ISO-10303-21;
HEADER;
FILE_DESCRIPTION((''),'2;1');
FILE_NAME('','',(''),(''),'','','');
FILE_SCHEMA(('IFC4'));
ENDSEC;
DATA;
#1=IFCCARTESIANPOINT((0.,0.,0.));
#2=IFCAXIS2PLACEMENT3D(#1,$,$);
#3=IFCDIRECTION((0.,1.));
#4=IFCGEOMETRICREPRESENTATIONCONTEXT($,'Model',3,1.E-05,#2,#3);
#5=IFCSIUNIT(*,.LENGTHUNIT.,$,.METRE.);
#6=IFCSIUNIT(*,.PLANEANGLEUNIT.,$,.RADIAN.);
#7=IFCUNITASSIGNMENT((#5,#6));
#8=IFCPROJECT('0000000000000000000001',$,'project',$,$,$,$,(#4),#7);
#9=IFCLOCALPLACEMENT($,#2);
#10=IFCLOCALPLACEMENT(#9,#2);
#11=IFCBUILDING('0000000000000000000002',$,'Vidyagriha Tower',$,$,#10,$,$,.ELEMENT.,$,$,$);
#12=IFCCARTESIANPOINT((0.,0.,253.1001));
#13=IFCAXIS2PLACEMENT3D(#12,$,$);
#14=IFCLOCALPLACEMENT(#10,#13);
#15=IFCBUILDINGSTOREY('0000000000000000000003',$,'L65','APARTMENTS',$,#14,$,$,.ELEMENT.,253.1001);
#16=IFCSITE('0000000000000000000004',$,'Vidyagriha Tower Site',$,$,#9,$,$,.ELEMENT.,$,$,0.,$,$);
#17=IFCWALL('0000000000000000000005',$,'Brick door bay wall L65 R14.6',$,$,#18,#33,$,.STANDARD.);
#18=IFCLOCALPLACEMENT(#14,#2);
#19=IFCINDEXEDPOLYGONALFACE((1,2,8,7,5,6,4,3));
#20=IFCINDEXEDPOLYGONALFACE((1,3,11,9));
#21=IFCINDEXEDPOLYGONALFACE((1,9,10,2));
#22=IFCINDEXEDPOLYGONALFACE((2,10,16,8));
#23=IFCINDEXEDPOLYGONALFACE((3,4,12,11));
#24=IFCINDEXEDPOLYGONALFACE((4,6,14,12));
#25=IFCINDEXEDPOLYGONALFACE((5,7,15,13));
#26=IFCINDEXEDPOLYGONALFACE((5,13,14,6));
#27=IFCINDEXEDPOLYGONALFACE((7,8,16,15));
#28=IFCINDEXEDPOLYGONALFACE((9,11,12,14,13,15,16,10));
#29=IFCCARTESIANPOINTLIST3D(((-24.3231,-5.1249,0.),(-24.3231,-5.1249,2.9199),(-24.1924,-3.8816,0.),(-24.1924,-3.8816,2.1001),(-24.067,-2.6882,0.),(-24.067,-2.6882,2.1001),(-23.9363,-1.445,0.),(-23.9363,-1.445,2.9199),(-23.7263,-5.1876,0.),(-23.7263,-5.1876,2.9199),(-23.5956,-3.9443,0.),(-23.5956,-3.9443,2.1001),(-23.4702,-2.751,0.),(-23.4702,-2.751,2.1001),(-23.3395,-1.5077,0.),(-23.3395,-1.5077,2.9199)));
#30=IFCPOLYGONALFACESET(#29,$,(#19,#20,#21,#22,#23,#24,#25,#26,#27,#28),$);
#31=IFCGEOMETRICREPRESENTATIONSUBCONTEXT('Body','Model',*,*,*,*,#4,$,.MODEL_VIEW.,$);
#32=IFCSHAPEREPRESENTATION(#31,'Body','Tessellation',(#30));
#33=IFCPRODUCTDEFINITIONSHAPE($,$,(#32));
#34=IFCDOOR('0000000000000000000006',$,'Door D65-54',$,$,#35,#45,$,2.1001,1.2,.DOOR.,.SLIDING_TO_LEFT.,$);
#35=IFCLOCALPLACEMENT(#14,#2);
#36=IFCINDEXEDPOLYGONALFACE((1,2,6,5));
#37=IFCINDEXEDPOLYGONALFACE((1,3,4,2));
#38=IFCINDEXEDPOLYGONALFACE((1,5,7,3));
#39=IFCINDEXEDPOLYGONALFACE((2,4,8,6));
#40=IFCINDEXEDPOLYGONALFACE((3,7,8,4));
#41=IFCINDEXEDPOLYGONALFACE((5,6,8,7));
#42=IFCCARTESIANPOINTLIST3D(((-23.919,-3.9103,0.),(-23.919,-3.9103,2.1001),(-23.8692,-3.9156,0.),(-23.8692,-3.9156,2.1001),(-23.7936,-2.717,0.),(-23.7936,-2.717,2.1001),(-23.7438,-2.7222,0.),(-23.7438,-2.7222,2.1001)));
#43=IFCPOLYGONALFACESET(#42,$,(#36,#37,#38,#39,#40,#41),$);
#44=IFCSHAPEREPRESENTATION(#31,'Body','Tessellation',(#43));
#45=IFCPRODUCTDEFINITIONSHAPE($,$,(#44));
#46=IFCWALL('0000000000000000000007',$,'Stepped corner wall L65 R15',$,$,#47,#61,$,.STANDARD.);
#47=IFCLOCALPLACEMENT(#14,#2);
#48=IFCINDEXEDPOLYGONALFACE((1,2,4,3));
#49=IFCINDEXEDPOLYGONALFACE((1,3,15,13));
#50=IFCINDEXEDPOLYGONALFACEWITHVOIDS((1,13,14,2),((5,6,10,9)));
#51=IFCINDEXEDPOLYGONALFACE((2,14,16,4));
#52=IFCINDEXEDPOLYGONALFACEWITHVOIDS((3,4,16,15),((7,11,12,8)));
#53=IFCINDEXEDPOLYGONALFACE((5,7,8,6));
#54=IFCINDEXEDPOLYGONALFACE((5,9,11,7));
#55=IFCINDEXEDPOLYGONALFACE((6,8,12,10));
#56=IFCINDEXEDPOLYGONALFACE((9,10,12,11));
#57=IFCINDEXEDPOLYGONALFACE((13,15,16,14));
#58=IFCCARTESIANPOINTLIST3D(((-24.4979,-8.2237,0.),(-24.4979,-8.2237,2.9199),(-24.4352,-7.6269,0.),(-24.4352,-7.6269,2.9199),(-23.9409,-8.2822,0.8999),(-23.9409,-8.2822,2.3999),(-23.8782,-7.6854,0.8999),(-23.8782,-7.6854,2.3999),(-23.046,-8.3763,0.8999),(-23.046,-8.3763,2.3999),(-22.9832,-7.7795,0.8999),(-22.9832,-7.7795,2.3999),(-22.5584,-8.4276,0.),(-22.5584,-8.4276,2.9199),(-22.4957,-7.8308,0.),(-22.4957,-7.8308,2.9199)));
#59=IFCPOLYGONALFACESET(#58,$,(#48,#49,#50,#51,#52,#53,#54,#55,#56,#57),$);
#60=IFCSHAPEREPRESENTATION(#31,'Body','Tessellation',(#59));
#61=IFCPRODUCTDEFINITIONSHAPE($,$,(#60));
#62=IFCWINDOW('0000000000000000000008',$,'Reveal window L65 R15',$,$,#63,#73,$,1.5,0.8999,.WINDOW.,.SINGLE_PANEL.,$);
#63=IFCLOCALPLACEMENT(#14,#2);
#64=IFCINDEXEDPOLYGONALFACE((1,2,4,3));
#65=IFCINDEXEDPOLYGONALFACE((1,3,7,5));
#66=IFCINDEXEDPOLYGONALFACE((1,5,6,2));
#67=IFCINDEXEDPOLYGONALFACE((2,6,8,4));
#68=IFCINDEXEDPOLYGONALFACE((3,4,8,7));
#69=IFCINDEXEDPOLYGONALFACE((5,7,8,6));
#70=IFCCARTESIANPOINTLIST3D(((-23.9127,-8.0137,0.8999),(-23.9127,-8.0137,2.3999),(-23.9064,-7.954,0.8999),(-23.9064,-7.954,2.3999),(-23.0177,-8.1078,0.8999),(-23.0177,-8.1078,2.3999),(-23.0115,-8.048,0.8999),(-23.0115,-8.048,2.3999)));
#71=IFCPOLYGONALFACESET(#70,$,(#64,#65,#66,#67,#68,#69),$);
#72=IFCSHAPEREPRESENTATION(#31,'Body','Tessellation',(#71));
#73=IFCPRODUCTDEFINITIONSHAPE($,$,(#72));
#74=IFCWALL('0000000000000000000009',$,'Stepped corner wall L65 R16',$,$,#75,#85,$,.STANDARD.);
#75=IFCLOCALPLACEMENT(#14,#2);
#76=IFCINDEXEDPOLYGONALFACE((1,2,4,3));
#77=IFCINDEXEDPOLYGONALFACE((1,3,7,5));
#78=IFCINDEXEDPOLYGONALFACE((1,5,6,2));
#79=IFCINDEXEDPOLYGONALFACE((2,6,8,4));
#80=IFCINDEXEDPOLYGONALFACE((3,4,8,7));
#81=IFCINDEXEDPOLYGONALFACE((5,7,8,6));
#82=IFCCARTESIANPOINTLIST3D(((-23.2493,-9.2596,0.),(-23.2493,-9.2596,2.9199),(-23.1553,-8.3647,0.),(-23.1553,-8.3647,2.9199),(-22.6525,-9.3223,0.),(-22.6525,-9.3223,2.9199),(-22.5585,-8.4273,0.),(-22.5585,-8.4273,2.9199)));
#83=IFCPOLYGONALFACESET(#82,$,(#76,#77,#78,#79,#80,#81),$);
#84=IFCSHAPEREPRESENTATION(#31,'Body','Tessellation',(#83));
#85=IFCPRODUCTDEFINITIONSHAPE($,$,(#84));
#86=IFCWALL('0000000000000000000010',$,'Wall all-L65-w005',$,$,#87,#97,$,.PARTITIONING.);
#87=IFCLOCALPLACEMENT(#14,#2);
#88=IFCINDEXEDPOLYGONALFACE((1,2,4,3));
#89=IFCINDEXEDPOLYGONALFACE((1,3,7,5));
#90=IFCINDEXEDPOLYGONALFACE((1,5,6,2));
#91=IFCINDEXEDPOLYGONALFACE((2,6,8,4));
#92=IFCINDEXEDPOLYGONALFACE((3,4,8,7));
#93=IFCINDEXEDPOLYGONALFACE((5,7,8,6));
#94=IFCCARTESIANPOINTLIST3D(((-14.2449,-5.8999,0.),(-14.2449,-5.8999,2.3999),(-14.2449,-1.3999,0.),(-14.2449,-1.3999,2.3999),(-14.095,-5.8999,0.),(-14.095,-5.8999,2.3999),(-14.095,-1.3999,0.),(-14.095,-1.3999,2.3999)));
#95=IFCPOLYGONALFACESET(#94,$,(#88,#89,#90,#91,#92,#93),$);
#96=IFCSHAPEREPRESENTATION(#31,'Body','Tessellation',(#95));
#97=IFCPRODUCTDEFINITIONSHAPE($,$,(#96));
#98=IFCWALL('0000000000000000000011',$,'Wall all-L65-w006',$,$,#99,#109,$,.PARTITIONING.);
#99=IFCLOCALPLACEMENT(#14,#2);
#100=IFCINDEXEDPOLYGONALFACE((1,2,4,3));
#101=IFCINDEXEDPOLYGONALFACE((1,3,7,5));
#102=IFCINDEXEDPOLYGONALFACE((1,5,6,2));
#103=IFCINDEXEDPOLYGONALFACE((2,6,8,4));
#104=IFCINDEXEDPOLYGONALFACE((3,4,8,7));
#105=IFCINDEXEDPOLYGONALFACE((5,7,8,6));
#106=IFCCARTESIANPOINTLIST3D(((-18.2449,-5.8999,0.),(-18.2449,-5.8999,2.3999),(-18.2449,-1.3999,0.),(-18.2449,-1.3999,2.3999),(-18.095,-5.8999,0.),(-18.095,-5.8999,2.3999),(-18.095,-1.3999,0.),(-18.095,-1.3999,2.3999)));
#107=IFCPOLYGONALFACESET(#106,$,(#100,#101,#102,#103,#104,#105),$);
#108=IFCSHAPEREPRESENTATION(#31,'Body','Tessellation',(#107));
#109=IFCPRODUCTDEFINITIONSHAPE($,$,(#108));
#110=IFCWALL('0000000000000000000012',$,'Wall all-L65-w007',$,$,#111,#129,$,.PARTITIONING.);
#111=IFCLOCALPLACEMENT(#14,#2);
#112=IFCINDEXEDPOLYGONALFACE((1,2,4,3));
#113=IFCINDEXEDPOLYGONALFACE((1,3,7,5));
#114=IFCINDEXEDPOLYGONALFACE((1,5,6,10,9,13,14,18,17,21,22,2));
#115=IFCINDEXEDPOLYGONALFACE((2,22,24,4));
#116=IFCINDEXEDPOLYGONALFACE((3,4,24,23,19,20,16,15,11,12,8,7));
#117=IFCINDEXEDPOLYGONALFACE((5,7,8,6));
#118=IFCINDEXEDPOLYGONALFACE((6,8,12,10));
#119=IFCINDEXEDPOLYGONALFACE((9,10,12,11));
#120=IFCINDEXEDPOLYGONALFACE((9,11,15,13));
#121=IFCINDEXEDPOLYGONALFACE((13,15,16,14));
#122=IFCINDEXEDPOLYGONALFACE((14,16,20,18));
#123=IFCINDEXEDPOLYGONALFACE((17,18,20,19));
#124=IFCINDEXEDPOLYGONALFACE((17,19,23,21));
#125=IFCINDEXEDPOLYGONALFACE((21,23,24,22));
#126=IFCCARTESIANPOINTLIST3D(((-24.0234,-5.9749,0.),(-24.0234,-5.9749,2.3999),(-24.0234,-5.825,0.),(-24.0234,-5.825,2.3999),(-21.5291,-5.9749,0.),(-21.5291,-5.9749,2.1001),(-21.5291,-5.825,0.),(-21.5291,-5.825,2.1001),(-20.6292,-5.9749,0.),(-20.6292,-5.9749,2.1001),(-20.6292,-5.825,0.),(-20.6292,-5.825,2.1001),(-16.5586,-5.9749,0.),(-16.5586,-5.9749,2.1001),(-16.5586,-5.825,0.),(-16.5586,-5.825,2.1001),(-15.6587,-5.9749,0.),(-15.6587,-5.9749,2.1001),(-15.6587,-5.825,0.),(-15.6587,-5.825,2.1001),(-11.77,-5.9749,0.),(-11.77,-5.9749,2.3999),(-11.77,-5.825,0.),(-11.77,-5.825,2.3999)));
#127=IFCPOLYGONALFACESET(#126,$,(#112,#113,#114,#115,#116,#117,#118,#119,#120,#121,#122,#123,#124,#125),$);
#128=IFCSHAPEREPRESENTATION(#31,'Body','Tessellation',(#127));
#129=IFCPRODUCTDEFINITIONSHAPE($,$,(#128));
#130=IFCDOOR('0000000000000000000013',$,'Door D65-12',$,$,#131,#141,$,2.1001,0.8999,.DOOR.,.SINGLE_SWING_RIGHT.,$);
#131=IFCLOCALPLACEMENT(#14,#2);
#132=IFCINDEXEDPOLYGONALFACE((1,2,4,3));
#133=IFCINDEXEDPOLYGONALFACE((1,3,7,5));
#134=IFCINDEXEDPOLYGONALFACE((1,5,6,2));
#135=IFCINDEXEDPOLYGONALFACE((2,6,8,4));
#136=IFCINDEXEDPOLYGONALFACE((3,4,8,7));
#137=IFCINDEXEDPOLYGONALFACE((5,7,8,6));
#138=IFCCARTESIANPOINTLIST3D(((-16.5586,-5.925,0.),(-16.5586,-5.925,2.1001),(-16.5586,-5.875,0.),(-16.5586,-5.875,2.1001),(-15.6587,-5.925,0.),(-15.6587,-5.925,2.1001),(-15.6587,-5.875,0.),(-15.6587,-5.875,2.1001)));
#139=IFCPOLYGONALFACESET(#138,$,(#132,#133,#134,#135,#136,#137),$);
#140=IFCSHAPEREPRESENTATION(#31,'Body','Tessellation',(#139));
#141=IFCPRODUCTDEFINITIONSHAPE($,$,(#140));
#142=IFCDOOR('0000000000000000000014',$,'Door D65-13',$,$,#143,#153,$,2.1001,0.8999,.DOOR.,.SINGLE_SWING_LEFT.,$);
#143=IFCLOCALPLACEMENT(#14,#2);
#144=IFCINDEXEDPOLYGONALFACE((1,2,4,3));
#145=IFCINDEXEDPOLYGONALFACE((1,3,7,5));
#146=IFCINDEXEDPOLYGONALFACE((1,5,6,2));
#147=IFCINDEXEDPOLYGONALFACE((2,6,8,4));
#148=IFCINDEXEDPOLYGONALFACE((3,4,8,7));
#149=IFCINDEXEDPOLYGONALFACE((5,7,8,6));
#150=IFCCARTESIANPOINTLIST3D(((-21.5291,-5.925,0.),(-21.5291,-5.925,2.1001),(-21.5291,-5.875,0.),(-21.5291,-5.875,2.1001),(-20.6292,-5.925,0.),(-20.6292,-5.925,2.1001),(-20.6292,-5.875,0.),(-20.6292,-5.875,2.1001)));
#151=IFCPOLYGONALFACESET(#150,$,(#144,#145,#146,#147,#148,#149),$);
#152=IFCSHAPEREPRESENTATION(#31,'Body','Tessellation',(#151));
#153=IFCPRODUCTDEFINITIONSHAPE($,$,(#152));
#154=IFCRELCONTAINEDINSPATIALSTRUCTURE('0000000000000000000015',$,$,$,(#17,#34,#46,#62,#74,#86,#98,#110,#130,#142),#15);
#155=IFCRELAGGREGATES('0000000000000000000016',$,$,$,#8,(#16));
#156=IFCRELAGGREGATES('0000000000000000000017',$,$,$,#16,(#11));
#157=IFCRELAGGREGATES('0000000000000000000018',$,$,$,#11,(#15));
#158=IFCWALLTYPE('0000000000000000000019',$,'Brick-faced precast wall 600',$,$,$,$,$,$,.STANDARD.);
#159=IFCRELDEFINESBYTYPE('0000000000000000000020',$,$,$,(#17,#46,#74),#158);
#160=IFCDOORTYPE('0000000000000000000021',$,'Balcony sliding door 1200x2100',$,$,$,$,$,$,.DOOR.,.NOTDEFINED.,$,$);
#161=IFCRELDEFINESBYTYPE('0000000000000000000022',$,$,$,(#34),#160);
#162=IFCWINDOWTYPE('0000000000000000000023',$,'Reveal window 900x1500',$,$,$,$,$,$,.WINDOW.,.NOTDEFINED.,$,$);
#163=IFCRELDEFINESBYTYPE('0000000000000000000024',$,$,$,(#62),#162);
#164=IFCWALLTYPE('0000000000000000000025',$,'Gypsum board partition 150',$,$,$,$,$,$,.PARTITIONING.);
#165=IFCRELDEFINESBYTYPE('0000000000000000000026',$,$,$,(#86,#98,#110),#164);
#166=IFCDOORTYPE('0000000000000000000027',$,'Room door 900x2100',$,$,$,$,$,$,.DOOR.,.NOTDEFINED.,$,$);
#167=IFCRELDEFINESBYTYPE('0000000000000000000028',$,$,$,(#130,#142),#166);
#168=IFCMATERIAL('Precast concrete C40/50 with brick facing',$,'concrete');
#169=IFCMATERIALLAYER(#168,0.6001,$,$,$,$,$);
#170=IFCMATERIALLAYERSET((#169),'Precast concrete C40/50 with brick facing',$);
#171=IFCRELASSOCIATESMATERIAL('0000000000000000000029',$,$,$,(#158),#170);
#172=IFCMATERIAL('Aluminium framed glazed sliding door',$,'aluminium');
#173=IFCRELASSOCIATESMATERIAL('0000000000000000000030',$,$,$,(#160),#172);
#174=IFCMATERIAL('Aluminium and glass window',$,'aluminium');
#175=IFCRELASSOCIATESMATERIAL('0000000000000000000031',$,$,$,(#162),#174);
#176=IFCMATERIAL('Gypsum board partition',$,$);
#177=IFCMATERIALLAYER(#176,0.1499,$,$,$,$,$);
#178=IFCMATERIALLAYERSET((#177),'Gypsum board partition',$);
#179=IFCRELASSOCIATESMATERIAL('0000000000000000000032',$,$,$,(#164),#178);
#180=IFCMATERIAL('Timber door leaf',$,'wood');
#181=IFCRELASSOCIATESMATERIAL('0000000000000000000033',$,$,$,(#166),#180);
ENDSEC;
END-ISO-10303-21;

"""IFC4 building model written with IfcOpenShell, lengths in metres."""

from ifc_helpers import new_model, si_unit, direction, frame, frame_2d, origin, place, context, subcontext, project, spatial, rectangle, extrude, material, layer, layer_set, type_object, element, fill, save


model = new_model("IFC4")

# Units and contexts
model_context = context("Model", 3, precision=1e-05, world=origin(), true_north=direction((0.0, 1.0)))
body_context = subcontext(model_context, "Body", "Model", "MODEL_VIEW")
ifc_project = project(units=[si_unit("LENGTHUNIT", "METRE"), si_unit("PLANEANGLEUNIT", "RADIAN")], contexts=[model_context])

# Site, building, storey
site_placement = place(None, origin())
site = spatial("IfcSite", under=ifc_project, at=site_placement, Name="Vidyagriha Tower Site", CompositionType="ELEMENT", RefElevation=0.0)
building_placement = place(site_placement, origin())
building = spatial("IfcBuilding", under=site, at=building_placement, Name="Vidyagriha Tower", CompositionType="ELEMENT")
storey_placement = place(building_placement, frame((0.0, 0.0, 253.1001)))
storey = spatial("IfcBuildingStorey", under=building, at=storey_placement, Name="L65", Description="APARTMENTS", CompositionType="ELEMENT", Elevation=253.1001)

# Wall, opening, door
ifc_material_1 = material(Name="Precast concrete C40/50 with brick facing", Category="concrete")
ifc_layer_1 = layer(ifc_material_1, 0.6001)
ifc_layer_set_1 = layer_set([ifc_layer_1], Name="Precast concrete C40/50 with brick facing")
wall_type_1 = type_object("IfcWallType", Name="Brick-faced precast wall 600", PredefinedType="STANDARD", material=ifc_layer_set_1)
wall_1_placement = place(storey_placement, frame((-23.6379, -1.4763, 0.0), z_axis=(0.0, 0.0, 1.0), x_axis=(-0.104513, -0.994524, 0.0)))
wall_1 = element("IfcWall", 1, at=wall_1_placement, inside=storey, type_object=wall_type_1, Name="Brick door bay wall L65 R14.6", PredefinedType="STANDARD", context=body_context, shape_type="SweptSolid", body=[
    extrude(rectangle(XDim=3.7002, YDim=0.6001, at=frame_2d((1.8501, 0.0))), origin(), (0.0, 0.0, 1.0), 2.9199),
])
opening_1_placement = place(wall_1_placement, frame((1.25, 0.0, 0.0)))
opening_1 = element("IfcOpeningElement", 2, at=opening_1_placement, cuts=wall_1, PredefinedType="OPENING", context=body_context, shape_type="SweptSolid", body=[
    extrude(rectangle(XDim=1.2, YDim=2.1001, at=frame_2d((0.6001, 1.05))), frame((0.0, 0.3101, 0.0), z_axis=(0.0, -1.0, 0.0), x_axis=(1.0, 0.0, 0.0)), (0.0, 0.0, 1.0), 0.6201),
])
ifc_material_2 = material(Name="Aluminium framed glazed sliding door", Category="aluminium")
door_type_1 = type_object("IfcDoorType", Name="Balcony sliding door 1200x2100", OperationType="NOTDEFINED", PredefinedType="DOOR", material=ifc_material_2)
door_1_placement = place(opening_1_placement, origin())
door_1 = element("IfcDoor", 3, at=door_1_placement, inside=storey, type_object=door_type_1, Name="Door D65-54", OperationType="SLIDING_TO_LEFT", OverallHeight=2.1001, OverallWidth=1.2, PredefinedType="DOOR", context=body_context, shape_type="SweptSolid", body=[
    extrude(rectangle(XDim=1.2, YDim=2.1001, at=frame_2d((0.6001, 1.05))), frame((0.0, 0.0249, 0.0), z_axis=(0.0, -1.0, 0.0), x_axis=(1.0, 0.0, 0.0)), (0.0, 0.0, 1.0), 0.05),
])
fill(opening_1, door_1)

# Wall, opening, window
wall_2_placement = place(storey_placement, frame((-24.4666, -7.9253, 0.0), z_axis=(0.0, 0.0, 1.0), x_axis=(0.994521, -0.104535, 0.0)))
wall_2 = element("IfcWall", 4, at=wall_2_placement, inside=storey, type_object=wall_type_1, Name="Stepped corner wall L65 R15", PredefinedType="STANDARD", context=body_context, shape_type="SweptSolid", body=[
    extrude(rectangle(XDim=1.9502, YDim=0.6001, at=frame_2d((0.9751, 0.0))), origin(), (0.0, 0.0, 1.0), 2.9199),
])
opening_2_placement = place(wall_2_placement, frame((0.5601, 0.0, 0.8999)))
opening_2 = element("IfcOpeningElement", 5, at=opening_2_placement, cuts=wall_2, PredefinedType="OPENING", context=body_context, shape_type="SweptSolid", body=[
    extrude(rectangle(XDim=0.8999, YDim=1.5, at=frame_2d((0.45, 0.75))), frame((0.0, 0.3101, 0.0), z_axis=(0.0, -1.0, 0.0), x_axis=(1.0, 0.0, 0.0)), (0.0, 0.0, 1.0), 0.6201),
])
ifc_material_3 = material(Name="Aluminium and glass window", Category="aluminium")
window_type = type_object("IfcWindowType", Name="Reveal window 900x1500", PartitioningType="NOTDEFINED", PredefinedType="WINDOW", material=ifc_material_3)
window_placement = place(opening_2_placement, origin())
window = element("IfcWindow", 6, at=window_placement, inside=storey, type_object=window_type, Name="Reveal window L65 R15", OverallHeight=1.5, OverallWidth=0.8999, PartitioningType="SINGLE_PANEL", PredefinedType="WINDOW", context=body_context, shape_type="SweptSolid", body=[
    extrude(rectangle(XDim=0.8999, YDim=1.5, at=frame_2d((0.45, 0.75))), frame((0.0, 0.03, 0.0), z_axis=(0.0, -1.0, 0.0), x_axis=(1.0, 0.0, 0.0)), (0.0, 0.0, 1.0), 0.0601),
])
fill(opening_2, window)

# Walls
wall_3_placement = place(storey_placement, frame((-22.8569, -8.396, 0.0), z_axis=(0.0, 0.0, 1.0), x_axis=(-0.104445, -0.994531, 0.0)))
element("IfcWall", 7, at=wall_3_placement, inside=storey, type_object=wall_type_1, Name="Stepped corner wall L65 R16", PredefinedType="STANDARD", context=body_context, shape_type="SweptSolid", body=[
    extrude(rectangle(XDim=0.8999, YDim=0.6001, at=frame_2d((0.45, 0.0))), origin(), (0.0, 0.0, 1.0), 2.9199),
])
ifc_material_4 = material(Name="Gypsum board partition")
ifc_layer_2 = layer(ifc_material_4, 0.1499)
ifc_layer_set_2 = layer_set([ifc_layer_2], Name="Gypsum board partition")
wall_type_2 = type_object("IfcWallType", Name="Gypsum board partition 150", PredefinedType="PARTITIONING", material=ifc_layer_set_2)
for number, where, z_axis, x_axis, name in (
    (8, (-14.1699, -5.8999, 0.0), (0.0, 0.0, 1.0), (0.0, 1.0, 0.0), "Wall all-L65-w005"),
    (9, (-18.1699, -5.8999, 0.0), (0.0, 0.0, 1.0), (0.0, 1.0, 0.0), "Wall all-L65-w006"),
):
    element("IfcWall", number, at=place(storey_placement, frame(where, z_axis=z_axis, x_axis=x_axis)), inside=storey, type_object=wall_type_2, Name=name, PredefinedType="PARTITIONING", context=body_context, shape_type="SweptSolid", body=[
        extrude(rectangle(XDim=4.5, YDim=0.1499, at=frame_2d((2.25, 0.0))), origin(), (0.0, 0.0, 1.0), 2.3999),
    ])

# Wall, openings, doors
wall_4_placement = place(storey_placement, frame((-24.0234, -5.8999, 0.0)))
wall_4 = element("IfcWall", 10, at=wall_4_placement, inside=storey, type_object=wall_type_2, Name="Wall all-L65-w007", PredefinedType="PARTITIONING", context=body_context, shape_type="SweptSolid", body=[
    extrude(rectangle(XDim=12.2534, YDim=0.1499, at=frame_2d((6.1267, 0.0))), origin(), (0.0, 0.0, 1.0), 2.3999),
])
opening_3_placement = place(wall_4_placement, frame((7.4648, 0.0, 0.0)))
opening_3 = element("IfcOpeningElement", 11, at=opening_3_placement, cuts=wall_4, PredefinedType="OPENING", context=body_context, shape_type="SweptSolid", body=[
    extrude(rectangle(XDim=0.8999, YDim=2.1001, at=frame_2d((0.45, 1.05))), frame((0.0, 0.085, 0.0), z_axis=(0.0, -1.0, 0.0), x_axis=(1.0, 0.0, 0.0)), (0.0, 0.0, 1.0), 0.1699),
])
opening_4_placement = place(wall_4_placement, frame((2.4944, 0.0, 0.0)))
opening_4 = element("IfcOpeningElement", 12, at=opening_4_placement, cuts=wall_4, PredefinedType="OPENING", context=body_context, shape_type="SweptSolid", body=[
    extrude(rectangle(XDim=0.8999, YDim=2.1001, at=frame_2d((0.45, 1.05))), frame((0.0, 0.085, 0.0), z_axis=(0.0, -1.0, 0.0), x_axis=(1.0, 0.0, 0.0)), (0.0, 0.0, 1.0), 0.1699),
])
ifc_material_5 = material(Name="Timber door leaf", Category="wood")
door_type_2 = type_object("IfcDoorType", Name="Room door 900x2100", OperationType="NOTDEFINED", PredefinedType="DOOR", material=ifc_material_5)
door_2_placement = place(opening_3_placement, origin())
door_2 = element("IfcDoor", 13, at=door_2_placement, inside=storey, type_object=door_type_2, Name="Door D65-12", OperationType="SINGLE_SWING_RIGHT", OverallHeight=2.1001, OverallWidth=0.8999, PredefinedType="DOOR", context=body_context, shape_type="SweptSolid", body=[
    extrude(rectangle(XDim=0.8999, YDim=2.1001, at=frame_2d((0.45, 1.05))), frame((0.0, 0.0249, 0.0), z_axis=(0.0, -1.0, 0.0), x_axis=(1.0, 0.0, 0.0)), (0.0, 0.0, 1.0), 0.05),
])
fill(opening_3, door_2)
door_3_placement = place(opening_4_placement, origin())
door_3 = element("IfcDoor", 14, at=door_3_placement, inside=storey, type_object=door_type_2, Name="Door D65-13", OperationType="SINGLE_SWING_LEFT", OverallHeight=2.1001, OverallWidth=0.8999, PredefinedType="DOOR", context=body_context, shape_type="SweptSolid", body=[
    extrude(rectangle(XDim=0.8999, YDim=2.1001, at=frame_2d((0.45, 1.05))), frame((0.0, 0.0249, 0.0), z_axis=(0.0, -1.0, 0.0), x_axis=(1.0, 0.0, 0.0)), (0.0, 0.0, 1.0), 0.05),
])
fill(opening_4, door_3)

save(model, "model.ifc")
